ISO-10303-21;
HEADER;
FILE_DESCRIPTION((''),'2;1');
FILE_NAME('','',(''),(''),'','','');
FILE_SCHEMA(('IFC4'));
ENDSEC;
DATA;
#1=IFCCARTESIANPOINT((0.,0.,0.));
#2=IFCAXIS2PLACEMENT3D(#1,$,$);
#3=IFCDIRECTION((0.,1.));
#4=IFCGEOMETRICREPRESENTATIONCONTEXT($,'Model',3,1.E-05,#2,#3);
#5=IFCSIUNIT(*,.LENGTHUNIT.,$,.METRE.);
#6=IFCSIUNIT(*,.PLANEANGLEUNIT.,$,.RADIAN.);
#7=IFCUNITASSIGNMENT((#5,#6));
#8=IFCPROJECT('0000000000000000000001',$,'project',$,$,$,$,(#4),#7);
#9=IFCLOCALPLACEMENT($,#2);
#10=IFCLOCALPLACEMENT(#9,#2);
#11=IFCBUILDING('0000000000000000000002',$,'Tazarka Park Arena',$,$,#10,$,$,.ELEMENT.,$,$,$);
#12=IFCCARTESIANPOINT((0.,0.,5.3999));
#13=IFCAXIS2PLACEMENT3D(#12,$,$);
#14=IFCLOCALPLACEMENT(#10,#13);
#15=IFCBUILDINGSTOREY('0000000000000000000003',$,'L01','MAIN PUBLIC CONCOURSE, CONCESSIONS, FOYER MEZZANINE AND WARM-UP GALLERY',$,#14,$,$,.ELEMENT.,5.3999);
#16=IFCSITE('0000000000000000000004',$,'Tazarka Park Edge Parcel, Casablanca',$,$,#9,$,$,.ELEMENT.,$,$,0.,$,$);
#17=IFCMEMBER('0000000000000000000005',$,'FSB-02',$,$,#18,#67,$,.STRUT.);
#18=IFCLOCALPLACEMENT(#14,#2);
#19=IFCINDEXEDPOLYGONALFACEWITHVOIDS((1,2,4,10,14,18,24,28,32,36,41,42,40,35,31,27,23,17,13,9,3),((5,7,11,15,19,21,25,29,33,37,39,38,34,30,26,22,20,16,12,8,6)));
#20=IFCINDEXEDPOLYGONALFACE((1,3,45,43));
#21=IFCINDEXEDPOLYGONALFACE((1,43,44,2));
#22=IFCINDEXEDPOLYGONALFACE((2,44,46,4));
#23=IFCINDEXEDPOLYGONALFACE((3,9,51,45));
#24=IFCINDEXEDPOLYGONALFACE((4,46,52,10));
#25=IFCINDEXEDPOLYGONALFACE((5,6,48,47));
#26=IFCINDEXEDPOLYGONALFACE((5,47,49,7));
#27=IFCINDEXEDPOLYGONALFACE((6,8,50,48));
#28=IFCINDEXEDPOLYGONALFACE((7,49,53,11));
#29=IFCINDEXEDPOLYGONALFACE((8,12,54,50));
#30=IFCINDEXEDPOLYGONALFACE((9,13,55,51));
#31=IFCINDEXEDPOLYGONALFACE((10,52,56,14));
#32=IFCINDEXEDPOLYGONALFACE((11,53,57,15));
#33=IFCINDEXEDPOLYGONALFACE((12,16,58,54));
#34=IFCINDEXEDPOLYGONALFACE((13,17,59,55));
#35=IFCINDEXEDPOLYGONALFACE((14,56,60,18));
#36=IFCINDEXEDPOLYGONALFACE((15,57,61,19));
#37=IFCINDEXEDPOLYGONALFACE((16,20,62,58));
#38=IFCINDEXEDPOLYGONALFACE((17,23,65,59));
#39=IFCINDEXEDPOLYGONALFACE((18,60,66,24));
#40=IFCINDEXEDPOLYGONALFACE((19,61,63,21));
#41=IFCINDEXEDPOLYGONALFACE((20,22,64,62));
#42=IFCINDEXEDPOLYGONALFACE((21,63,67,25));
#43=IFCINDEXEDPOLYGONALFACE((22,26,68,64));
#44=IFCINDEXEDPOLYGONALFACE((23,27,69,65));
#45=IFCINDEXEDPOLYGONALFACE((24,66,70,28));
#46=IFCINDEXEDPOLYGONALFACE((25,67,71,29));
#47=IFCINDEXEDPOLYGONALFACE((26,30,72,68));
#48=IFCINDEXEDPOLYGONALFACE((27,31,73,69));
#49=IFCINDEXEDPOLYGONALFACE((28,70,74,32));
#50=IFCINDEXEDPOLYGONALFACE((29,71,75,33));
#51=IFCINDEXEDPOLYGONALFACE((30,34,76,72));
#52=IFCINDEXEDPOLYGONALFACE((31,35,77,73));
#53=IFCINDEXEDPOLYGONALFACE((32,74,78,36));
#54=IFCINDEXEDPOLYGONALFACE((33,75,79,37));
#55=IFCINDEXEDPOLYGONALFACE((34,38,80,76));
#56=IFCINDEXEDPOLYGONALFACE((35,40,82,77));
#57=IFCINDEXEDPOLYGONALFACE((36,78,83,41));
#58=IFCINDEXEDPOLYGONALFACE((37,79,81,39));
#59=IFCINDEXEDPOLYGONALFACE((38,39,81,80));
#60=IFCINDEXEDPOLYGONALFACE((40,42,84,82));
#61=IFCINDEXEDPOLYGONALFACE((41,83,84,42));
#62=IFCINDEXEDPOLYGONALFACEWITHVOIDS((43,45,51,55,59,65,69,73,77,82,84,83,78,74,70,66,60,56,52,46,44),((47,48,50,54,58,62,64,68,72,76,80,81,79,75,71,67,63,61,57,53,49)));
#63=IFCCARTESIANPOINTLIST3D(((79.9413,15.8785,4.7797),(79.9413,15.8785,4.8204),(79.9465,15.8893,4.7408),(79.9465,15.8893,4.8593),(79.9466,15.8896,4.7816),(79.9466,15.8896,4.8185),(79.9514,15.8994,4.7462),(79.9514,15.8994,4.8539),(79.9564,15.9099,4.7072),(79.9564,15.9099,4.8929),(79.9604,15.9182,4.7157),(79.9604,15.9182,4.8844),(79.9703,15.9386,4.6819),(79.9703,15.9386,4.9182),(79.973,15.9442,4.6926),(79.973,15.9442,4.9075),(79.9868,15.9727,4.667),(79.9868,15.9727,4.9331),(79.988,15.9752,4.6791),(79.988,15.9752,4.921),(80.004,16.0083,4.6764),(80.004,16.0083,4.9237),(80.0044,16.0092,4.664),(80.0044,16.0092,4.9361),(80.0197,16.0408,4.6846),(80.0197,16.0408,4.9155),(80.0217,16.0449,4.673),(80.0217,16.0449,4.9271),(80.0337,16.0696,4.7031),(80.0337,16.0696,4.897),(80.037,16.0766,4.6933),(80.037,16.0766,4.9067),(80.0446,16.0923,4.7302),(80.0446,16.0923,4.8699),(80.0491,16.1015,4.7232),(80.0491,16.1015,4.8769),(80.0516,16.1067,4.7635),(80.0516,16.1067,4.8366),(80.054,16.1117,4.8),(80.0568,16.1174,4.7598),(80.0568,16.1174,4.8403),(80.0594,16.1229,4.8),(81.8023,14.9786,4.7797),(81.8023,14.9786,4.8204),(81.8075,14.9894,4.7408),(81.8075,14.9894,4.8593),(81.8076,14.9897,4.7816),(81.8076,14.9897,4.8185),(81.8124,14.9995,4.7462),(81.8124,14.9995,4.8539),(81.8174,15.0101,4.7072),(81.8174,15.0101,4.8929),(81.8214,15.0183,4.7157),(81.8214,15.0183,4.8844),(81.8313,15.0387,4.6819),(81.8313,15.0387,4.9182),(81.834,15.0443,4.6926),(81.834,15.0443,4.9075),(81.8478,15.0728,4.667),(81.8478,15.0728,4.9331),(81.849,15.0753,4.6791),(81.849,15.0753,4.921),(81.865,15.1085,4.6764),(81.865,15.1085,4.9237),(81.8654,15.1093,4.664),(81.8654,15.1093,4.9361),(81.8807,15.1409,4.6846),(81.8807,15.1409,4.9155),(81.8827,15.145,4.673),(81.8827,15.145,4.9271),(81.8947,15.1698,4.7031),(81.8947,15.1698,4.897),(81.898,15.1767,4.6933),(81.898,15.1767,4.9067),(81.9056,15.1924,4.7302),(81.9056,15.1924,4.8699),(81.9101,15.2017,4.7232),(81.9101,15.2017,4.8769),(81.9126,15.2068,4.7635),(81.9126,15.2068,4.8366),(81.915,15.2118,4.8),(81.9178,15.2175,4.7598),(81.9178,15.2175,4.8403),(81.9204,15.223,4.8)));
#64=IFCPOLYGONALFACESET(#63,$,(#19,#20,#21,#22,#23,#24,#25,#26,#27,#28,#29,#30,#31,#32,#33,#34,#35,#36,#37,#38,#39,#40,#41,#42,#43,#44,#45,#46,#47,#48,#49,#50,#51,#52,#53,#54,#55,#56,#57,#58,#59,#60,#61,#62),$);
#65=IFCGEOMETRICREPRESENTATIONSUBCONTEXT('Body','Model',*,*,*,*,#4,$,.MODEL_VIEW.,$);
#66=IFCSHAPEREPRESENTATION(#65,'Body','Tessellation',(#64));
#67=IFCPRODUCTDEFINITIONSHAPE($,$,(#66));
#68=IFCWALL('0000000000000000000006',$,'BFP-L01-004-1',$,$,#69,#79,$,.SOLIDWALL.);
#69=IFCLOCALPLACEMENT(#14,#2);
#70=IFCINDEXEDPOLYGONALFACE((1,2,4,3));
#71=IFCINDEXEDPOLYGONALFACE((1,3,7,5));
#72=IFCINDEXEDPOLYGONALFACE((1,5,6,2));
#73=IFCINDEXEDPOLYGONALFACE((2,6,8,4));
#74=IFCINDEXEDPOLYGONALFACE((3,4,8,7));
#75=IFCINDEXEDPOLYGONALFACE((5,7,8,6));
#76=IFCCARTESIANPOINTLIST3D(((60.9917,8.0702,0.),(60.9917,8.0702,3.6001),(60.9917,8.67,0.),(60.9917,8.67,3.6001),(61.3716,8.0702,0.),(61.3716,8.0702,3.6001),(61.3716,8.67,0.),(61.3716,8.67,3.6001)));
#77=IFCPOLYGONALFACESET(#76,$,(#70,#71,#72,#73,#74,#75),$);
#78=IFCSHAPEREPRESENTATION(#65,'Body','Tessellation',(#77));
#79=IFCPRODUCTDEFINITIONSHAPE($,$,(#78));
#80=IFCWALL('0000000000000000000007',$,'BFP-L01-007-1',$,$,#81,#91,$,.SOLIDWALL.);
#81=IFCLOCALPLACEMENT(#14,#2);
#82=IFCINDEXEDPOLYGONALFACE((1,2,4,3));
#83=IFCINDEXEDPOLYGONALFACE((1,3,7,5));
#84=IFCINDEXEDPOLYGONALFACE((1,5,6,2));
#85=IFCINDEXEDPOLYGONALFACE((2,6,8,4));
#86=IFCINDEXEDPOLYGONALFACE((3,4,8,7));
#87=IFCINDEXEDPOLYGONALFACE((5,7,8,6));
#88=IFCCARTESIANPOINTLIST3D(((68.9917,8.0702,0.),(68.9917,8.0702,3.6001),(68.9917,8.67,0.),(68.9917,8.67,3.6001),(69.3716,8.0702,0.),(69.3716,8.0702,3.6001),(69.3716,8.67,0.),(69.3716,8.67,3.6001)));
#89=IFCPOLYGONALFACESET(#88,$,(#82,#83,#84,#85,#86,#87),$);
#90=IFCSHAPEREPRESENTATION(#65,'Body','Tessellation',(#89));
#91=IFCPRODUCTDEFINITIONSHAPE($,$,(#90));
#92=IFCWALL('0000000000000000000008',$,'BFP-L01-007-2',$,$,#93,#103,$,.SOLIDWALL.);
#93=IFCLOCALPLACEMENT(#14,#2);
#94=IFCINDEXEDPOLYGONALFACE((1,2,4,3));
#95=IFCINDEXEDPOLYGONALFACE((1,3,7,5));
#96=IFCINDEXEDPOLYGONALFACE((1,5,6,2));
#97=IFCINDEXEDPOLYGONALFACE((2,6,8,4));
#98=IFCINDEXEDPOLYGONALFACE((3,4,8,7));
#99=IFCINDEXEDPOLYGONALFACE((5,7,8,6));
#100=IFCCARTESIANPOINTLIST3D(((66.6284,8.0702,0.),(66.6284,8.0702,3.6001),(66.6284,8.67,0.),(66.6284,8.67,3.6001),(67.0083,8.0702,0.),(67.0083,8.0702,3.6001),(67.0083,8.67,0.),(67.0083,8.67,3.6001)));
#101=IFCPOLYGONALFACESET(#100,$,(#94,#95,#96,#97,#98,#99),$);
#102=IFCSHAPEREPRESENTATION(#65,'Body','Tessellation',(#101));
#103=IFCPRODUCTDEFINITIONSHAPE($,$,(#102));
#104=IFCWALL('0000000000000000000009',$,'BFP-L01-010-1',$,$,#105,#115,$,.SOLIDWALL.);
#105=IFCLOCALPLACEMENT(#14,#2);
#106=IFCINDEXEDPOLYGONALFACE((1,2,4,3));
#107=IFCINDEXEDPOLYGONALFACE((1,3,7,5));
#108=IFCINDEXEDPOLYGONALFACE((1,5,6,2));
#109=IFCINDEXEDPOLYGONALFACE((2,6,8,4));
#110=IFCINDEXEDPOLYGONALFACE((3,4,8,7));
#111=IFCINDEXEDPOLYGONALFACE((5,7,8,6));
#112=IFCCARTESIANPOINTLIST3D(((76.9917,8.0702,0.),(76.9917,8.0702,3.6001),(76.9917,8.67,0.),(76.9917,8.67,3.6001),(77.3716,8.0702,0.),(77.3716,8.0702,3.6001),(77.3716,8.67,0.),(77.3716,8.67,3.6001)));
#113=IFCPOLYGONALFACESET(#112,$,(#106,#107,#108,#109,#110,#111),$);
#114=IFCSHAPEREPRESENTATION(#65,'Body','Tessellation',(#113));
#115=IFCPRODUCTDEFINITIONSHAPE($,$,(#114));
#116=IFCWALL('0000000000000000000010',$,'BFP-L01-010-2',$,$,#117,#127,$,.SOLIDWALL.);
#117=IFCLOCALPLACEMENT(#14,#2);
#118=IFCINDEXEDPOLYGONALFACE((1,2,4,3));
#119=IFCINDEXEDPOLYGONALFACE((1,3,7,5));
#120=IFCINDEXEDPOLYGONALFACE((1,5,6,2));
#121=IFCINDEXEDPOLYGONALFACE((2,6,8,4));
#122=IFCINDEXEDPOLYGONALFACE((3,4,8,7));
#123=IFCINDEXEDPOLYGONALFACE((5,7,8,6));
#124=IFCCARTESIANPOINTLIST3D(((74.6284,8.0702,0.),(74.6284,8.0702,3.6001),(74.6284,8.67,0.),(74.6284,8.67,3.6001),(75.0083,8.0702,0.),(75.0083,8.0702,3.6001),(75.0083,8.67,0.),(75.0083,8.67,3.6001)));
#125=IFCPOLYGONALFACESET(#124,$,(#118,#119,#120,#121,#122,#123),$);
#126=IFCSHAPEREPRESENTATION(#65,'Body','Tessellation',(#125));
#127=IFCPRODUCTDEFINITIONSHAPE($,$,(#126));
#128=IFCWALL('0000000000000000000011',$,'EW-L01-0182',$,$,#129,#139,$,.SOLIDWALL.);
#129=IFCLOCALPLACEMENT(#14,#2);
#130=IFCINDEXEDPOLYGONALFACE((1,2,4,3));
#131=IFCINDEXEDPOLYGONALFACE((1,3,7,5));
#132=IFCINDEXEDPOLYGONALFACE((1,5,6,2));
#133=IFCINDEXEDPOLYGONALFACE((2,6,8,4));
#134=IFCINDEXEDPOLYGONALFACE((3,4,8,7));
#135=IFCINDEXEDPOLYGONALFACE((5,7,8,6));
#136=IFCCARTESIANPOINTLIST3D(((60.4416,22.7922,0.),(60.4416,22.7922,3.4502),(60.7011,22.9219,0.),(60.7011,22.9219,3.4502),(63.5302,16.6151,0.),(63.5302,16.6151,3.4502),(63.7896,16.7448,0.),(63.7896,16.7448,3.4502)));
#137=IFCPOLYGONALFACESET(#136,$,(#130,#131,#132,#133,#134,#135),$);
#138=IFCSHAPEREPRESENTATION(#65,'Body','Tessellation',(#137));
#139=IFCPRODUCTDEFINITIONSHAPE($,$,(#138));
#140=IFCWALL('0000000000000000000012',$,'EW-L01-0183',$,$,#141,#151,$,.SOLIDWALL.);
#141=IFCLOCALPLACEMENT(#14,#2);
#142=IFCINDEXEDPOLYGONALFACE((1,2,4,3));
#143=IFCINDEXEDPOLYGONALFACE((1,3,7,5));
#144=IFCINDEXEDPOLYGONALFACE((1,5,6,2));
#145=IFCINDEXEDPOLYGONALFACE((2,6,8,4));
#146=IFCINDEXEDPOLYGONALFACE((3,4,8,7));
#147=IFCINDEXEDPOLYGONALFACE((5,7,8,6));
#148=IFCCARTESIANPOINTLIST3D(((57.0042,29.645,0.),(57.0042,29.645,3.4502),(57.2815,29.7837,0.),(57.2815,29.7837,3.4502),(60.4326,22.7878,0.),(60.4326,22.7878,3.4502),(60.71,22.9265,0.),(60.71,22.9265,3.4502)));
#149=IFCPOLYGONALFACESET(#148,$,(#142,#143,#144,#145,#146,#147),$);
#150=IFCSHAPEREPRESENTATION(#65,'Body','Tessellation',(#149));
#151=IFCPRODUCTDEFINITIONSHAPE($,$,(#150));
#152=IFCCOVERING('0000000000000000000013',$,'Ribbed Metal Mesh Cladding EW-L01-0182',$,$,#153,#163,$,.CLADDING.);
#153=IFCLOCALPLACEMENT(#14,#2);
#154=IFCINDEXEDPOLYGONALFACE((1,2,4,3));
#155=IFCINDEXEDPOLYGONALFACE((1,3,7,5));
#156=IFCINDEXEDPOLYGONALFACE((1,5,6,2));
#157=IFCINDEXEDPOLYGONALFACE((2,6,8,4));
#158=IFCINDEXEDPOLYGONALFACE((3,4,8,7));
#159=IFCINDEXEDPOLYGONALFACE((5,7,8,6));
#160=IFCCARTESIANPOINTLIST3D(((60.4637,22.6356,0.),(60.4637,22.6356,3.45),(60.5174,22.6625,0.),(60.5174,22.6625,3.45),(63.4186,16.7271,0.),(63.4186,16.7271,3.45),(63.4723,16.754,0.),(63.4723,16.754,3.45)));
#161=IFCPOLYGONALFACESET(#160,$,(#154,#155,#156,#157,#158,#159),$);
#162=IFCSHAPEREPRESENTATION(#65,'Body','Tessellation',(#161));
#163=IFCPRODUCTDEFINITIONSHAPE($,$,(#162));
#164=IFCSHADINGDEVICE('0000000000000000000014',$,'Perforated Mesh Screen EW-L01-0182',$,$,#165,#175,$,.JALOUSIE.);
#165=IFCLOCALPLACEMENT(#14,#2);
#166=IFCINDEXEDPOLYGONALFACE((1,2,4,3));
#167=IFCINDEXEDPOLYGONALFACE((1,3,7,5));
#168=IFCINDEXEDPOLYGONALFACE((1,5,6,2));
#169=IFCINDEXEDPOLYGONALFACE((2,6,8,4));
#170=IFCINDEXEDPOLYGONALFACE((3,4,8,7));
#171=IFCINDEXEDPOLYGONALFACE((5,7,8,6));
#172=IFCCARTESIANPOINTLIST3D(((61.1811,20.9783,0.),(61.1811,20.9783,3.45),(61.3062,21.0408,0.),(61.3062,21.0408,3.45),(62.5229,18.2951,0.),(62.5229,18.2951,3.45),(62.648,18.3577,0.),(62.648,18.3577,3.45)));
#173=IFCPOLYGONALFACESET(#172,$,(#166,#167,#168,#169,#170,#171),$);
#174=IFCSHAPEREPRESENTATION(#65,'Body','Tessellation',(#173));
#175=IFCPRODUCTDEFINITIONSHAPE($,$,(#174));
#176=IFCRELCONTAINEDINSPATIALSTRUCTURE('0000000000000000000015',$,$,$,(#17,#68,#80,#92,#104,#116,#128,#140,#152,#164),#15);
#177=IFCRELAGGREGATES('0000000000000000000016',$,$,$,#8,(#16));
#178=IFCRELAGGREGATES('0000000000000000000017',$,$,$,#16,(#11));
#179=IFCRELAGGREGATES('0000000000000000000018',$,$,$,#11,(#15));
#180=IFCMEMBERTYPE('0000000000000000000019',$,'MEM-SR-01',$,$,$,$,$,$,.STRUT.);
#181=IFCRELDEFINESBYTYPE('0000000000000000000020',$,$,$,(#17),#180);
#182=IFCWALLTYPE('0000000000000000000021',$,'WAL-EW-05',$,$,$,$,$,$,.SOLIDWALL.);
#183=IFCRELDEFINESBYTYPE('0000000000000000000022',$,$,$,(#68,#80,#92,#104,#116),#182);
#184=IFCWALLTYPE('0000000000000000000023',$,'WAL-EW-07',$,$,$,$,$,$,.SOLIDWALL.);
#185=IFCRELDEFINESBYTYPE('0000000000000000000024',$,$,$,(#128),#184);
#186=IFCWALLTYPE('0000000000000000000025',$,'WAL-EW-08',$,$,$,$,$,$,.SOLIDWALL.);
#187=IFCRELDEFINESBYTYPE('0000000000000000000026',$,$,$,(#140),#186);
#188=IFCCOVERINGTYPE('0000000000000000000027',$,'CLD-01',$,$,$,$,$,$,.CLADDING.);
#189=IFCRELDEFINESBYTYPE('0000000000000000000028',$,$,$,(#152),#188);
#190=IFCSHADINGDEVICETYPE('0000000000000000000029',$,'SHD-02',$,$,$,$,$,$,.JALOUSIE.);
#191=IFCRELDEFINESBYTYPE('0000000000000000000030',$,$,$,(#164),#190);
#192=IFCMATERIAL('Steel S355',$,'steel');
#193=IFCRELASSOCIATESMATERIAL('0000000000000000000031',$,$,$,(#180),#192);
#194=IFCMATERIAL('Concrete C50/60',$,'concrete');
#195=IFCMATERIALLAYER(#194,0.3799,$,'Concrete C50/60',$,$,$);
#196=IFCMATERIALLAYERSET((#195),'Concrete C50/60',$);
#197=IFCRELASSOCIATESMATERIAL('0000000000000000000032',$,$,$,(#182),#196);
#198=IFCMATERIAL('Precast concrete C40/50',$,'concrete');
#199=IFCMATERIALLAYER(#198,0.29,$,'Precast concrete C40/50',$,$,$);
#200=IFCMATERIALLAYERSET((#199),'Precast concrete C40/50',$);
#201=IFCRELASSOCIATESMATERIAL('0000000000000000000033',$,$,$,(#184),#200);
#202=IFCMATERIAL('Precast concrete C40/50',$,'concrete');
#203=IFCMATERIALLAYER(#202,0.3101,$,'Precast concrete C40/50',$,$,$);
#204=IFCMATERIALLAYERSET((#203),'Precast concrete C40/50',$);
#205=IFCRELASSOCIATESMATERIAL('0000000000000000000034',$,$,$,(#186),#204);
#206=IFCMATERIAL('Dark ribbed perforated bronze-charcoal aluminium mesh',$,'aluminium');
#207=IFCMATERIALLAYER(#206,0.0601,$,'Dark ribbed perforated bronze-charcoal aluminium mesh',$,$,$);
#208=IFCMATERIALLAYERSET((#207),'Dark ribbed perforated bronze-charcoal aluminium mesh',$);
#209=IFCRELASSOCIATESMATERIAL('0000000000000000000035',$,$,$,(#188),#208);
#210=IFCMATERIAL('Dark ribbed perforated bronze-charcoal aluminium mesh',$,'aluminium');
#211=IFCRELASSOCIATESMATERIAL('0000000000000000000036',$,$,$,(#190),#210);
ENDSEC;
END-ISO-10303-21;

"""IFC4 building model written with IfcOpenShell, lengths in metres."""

from ifc_helpers import new_model, si_unit, direction, frame, frame_2d, origin, origin_2d, place, context, subcontext, project, spatial, rectangle, hollow_circle, extrude, material, layer, layer_set, material_profile, profile_set, type_object, element, save


model = new_model("IFC4")

# Units and contexts
model_context = context("Model", 3, precision=1e-05, world=origin(), true_north=direction((0.0, 1.0)))
body_context = subcontext(model_context, "Body", "Model", "MODEL_VIEW")
ifc_project = project(units=[si_unit("LENGTHUNIT", "METRE"), si_unit("PLANEANGLEUNIT", "RADIAN")], contexts=[model_context])

# Site, building, storey
site_placement = place(None, origin())
site = spatial("IfcSite", under=ifc_project, at=site_placement, Name="Tazarka Park Edge Parcel, Casablanca", CompositionType="ELEMENT", RefElevation=0.0)
building_placement = place(site_placement, origin())
building = spatial("IfcBuilding", under=site, at=building_placement, Name="Tazarka Park Arena", CompositionType="ELEMENT")
storey_placement = place(building_placement, frame((0.0, 0.0, 5.3999)))
storey = spatial("IfcBuildingStorey", under=building, at=storey_placement, Name="L01", Description="MAIN PUBLIC CONCOURSE, CONCESSIONS, FOYER MEZZANINE AND WARM-UP GALLERY", CompositionType="ELEMENT", Elevation=5.3999)

# Member
ifc_material_1 = material(Name="Steel S355", Category="steel")
ifc_material_profile_1 = material_profile(ifc_material_1, hollow_circle(Radius=0.1365, WallThickness=0.0125, at=origin_2d()), Name="Steel S355")
ifc_profile_set_1 = profile_set([ifc_material_profile_1], Name="Steel S355")
member_type = type_object("IfcMemberType", Name="MEM-SR-01", PredefinedType="STRUT", material=ifc_profile_set_1)
member_1_placement = place(storey_placement, frame((80.0, 16.0, 4.8), z_axis=(0.900277, -0.435317, 0.0), x_axis=(0.435317, 0.900277, 0.0)))
element("IfcMember", 1, at=member_1_placement, inside=storey, type_object=member_type, Name="FSB-02", PredefinedType="STRUT", context=body_context, shape_type="SweptSolid", body=[
    extrude(hollow_circle(Radius=0.1365, WallThickness=0.0125, at=origin_2d()), origin(), (0.0, 0.0, 1.0), 2.0671),
])

# Walls
ifc_material_2 = material(Name="Concrete C50/60", Category="concrete")
ifc_layer_1 = layer(ifc_material_2, 0.3799, Name="Concrete C50/60")
ifc_layer_set_1 = layer_set([ifc_layer_1], Name="Concrete C50/60")
wall_type_1 = type_object("IfcWallType", Name="WAL-EW-05", PredefinedType="SOLIDWALL", material=ifc_layer_set_1)
for number, where, z_axis, x_axis, name in (
    (2, (61.1816, 8.6699, 0.0), (0.0, 0.0, 1.0), (0.0, -1.0, 0.0), "BFP-L01-004-1"),
    (3, (69.1816, 8.6699, 0.0), (0.0, 0.0, 1.0), (0.0, -1.0, 0.0), "BFP-L01-007-1"),
    (4, (66.8184, 8.6699, 0.0), (0.0, 0.0, 1.0), (0.0, -1.0, 0.0), "BFP-L01-007-2"),
    (5, (77.1816, 8.6699, 0.0), (0.0, 0.0, 1.0), (0.0, -1.0, 0.0), "BFP-L01-010-1"),
    (6, (74.8184, 8.6699, 0.0), (0.0, 0.0, 1.0), (0.0, -1.0, 0.0), "BFP-L01-010-2"),
):
    element("IfcWall", number, at=place(storey_placement, frame(where, z_axis=z_axis, x_axis=x_axis)), inside=storey, type_object=wall_type_1, Name=name, PredefinedType="SOLIDWALL", context=body_context, shape_type="SweptSolid", body=[
        extrude(rectangle(XDim=0.5999, YDim=0.3799, at=frame_2d((0.2998, 0.0))), origin(), (0.0, 0.0, 1.0), 3.6001),
    ])
ifc_material_3 = material(Name="Precast concrete C40/50", Category="concrete")
ifc_layer_2 = layer(ifc_material_3, 0.29, Name="Precast concrete C40/50")
ifc_layer_set_2 = layer_set([ifc_layer_2], Name="Precast concrete C40/50")
wall_type_2 = type_object("IfcWallType", Name="WAL-EW-07", PredefinedType="SOLIDWALL", material=ifc_layer_set_2)
wall_1_placement = place(storey_placement, frame((63.6599, 16.6799, 0.0), z_axis=(0.0, 0.0, 1.0), x_axis=(-0.447214, 0.894427, 0.0)))
element("IfcWall", 7, at=wall_1_placement, inside=storey, type_object=wall_type_2, Name="EW-L01-0182", PredefinedType="SOLIDWALL", context=body_context, shape_type="SweptSolid", body=[
    extrude(rectangle(XDim=6.9062, YDim=0.29, at=frame_2d((3.4531, 0.0))), origin(), (0.0, 0.0, 1.0), 3.4502),
])
ifc_material_4 = material(Name="Precast concrete C40/50", Category="concrete")
ifc_layer_3 = layer(ifc_material_4, 0.3101, Name="Precast concrete C40/50")
ifc_layer_set_3 = layer_set([ifc_layer_3], Name="Precast concrete C40/50")
wall_type_3 = type_object("IfcWallType", Name="WAL-EW-08", PredefinedType="SOLIDWALL", material=ifc_layer_set_3)
wall_2_placement = place(storey_placement, frame((60.5713, 22.8572, 0.0), z_axis=(0.0, 0.0, 1.0), x_axis=(-0.447201, 0.894434, 0.0)))
element("IfcWall", 8, at=wall_2_placement, inside=storey, type_object=wall_type_3, Name="EW-L01-0183", PredefinedType="SOLIDWALL", context=body_context, shape_type="SweptSolid", body=[
    extrude(rectangle(XDim=7.6665, YDim=0.3101, at=frame_2d((3.8333, 0.0))), origin(), (0.0, 0.0, 1.0), 3.4502),
])

# Covering
ifc_material_5 = material(Name="Dark ribbed perforated bronze-charcoal aluminium mesh", Category="aluminium")
ifc_layer_4 = layer(ifc_material_5, 0.0601, Name="Dark ribbed perforated bronze-charcoal aluminium mesh")
ifc_layer_set_4 = layer_set([ifc_layer_4], Name="Dark ribbed perforated bronze-charcoal aluminium mesh")
covering_type = type_object("IfcCoveringType", Name="CLD-01", PredefinedType="CLADDING", material=ifc_layer_set_4)
covering_placement = place(storey_placement, frame((61.968, 19.6948, 0.0), z_axis=(0.0, 0.0, 1.0), x_axis=(-0.447291, 0.894389, 0.0)))
element("IfcCovering", 9, at=covering_placement, inside=storey, type_object=covering_type, Name="Ribbed Metal Mesh Cladding EW-L01-0182", PredefinedType="CLADDING", context=body_context, shape_type="SweptSolid", body=[
    extrude(rectangle(XDim=6.6062, YDim=0.0601, at=origin_2d()), origin(), (0.0, 0.0, 1.0), 3.45),
])

# Shading device
ifc_material_6 = material(Name="Dark ribbed perforated bronze-charcoal aluminium mesh", Category="aluminium")
shading_device_type = type_object("IfcShadingDeviceType", Name="SHD-02", PredefinedType="JALOUSIE", material=ifc_material_6)
shading_device_placement = place(storey_placement, frame((61.9146, 19.668, 0.0), z_axis=(0.0, 0.0, 1.0), x_axis=(-0.447291, 0.894389, 0.0)))
element("IfcShadingDevice", 10, at=shading_device_placement, inside=storey, type_object=shading_device_type, Name="Perforated Mesh Screen EW-L01-0182", PredefinedType="JALOUSIE", context=body_context, shape_type="SweptSolid", body=[
    extrude(rectangle(XDim=3.0, YDim=0.1399, at=origin_2d()), origin(), (0.0, 0.0, 1.0), 3.45),
])

save(model, "model.ifc")
